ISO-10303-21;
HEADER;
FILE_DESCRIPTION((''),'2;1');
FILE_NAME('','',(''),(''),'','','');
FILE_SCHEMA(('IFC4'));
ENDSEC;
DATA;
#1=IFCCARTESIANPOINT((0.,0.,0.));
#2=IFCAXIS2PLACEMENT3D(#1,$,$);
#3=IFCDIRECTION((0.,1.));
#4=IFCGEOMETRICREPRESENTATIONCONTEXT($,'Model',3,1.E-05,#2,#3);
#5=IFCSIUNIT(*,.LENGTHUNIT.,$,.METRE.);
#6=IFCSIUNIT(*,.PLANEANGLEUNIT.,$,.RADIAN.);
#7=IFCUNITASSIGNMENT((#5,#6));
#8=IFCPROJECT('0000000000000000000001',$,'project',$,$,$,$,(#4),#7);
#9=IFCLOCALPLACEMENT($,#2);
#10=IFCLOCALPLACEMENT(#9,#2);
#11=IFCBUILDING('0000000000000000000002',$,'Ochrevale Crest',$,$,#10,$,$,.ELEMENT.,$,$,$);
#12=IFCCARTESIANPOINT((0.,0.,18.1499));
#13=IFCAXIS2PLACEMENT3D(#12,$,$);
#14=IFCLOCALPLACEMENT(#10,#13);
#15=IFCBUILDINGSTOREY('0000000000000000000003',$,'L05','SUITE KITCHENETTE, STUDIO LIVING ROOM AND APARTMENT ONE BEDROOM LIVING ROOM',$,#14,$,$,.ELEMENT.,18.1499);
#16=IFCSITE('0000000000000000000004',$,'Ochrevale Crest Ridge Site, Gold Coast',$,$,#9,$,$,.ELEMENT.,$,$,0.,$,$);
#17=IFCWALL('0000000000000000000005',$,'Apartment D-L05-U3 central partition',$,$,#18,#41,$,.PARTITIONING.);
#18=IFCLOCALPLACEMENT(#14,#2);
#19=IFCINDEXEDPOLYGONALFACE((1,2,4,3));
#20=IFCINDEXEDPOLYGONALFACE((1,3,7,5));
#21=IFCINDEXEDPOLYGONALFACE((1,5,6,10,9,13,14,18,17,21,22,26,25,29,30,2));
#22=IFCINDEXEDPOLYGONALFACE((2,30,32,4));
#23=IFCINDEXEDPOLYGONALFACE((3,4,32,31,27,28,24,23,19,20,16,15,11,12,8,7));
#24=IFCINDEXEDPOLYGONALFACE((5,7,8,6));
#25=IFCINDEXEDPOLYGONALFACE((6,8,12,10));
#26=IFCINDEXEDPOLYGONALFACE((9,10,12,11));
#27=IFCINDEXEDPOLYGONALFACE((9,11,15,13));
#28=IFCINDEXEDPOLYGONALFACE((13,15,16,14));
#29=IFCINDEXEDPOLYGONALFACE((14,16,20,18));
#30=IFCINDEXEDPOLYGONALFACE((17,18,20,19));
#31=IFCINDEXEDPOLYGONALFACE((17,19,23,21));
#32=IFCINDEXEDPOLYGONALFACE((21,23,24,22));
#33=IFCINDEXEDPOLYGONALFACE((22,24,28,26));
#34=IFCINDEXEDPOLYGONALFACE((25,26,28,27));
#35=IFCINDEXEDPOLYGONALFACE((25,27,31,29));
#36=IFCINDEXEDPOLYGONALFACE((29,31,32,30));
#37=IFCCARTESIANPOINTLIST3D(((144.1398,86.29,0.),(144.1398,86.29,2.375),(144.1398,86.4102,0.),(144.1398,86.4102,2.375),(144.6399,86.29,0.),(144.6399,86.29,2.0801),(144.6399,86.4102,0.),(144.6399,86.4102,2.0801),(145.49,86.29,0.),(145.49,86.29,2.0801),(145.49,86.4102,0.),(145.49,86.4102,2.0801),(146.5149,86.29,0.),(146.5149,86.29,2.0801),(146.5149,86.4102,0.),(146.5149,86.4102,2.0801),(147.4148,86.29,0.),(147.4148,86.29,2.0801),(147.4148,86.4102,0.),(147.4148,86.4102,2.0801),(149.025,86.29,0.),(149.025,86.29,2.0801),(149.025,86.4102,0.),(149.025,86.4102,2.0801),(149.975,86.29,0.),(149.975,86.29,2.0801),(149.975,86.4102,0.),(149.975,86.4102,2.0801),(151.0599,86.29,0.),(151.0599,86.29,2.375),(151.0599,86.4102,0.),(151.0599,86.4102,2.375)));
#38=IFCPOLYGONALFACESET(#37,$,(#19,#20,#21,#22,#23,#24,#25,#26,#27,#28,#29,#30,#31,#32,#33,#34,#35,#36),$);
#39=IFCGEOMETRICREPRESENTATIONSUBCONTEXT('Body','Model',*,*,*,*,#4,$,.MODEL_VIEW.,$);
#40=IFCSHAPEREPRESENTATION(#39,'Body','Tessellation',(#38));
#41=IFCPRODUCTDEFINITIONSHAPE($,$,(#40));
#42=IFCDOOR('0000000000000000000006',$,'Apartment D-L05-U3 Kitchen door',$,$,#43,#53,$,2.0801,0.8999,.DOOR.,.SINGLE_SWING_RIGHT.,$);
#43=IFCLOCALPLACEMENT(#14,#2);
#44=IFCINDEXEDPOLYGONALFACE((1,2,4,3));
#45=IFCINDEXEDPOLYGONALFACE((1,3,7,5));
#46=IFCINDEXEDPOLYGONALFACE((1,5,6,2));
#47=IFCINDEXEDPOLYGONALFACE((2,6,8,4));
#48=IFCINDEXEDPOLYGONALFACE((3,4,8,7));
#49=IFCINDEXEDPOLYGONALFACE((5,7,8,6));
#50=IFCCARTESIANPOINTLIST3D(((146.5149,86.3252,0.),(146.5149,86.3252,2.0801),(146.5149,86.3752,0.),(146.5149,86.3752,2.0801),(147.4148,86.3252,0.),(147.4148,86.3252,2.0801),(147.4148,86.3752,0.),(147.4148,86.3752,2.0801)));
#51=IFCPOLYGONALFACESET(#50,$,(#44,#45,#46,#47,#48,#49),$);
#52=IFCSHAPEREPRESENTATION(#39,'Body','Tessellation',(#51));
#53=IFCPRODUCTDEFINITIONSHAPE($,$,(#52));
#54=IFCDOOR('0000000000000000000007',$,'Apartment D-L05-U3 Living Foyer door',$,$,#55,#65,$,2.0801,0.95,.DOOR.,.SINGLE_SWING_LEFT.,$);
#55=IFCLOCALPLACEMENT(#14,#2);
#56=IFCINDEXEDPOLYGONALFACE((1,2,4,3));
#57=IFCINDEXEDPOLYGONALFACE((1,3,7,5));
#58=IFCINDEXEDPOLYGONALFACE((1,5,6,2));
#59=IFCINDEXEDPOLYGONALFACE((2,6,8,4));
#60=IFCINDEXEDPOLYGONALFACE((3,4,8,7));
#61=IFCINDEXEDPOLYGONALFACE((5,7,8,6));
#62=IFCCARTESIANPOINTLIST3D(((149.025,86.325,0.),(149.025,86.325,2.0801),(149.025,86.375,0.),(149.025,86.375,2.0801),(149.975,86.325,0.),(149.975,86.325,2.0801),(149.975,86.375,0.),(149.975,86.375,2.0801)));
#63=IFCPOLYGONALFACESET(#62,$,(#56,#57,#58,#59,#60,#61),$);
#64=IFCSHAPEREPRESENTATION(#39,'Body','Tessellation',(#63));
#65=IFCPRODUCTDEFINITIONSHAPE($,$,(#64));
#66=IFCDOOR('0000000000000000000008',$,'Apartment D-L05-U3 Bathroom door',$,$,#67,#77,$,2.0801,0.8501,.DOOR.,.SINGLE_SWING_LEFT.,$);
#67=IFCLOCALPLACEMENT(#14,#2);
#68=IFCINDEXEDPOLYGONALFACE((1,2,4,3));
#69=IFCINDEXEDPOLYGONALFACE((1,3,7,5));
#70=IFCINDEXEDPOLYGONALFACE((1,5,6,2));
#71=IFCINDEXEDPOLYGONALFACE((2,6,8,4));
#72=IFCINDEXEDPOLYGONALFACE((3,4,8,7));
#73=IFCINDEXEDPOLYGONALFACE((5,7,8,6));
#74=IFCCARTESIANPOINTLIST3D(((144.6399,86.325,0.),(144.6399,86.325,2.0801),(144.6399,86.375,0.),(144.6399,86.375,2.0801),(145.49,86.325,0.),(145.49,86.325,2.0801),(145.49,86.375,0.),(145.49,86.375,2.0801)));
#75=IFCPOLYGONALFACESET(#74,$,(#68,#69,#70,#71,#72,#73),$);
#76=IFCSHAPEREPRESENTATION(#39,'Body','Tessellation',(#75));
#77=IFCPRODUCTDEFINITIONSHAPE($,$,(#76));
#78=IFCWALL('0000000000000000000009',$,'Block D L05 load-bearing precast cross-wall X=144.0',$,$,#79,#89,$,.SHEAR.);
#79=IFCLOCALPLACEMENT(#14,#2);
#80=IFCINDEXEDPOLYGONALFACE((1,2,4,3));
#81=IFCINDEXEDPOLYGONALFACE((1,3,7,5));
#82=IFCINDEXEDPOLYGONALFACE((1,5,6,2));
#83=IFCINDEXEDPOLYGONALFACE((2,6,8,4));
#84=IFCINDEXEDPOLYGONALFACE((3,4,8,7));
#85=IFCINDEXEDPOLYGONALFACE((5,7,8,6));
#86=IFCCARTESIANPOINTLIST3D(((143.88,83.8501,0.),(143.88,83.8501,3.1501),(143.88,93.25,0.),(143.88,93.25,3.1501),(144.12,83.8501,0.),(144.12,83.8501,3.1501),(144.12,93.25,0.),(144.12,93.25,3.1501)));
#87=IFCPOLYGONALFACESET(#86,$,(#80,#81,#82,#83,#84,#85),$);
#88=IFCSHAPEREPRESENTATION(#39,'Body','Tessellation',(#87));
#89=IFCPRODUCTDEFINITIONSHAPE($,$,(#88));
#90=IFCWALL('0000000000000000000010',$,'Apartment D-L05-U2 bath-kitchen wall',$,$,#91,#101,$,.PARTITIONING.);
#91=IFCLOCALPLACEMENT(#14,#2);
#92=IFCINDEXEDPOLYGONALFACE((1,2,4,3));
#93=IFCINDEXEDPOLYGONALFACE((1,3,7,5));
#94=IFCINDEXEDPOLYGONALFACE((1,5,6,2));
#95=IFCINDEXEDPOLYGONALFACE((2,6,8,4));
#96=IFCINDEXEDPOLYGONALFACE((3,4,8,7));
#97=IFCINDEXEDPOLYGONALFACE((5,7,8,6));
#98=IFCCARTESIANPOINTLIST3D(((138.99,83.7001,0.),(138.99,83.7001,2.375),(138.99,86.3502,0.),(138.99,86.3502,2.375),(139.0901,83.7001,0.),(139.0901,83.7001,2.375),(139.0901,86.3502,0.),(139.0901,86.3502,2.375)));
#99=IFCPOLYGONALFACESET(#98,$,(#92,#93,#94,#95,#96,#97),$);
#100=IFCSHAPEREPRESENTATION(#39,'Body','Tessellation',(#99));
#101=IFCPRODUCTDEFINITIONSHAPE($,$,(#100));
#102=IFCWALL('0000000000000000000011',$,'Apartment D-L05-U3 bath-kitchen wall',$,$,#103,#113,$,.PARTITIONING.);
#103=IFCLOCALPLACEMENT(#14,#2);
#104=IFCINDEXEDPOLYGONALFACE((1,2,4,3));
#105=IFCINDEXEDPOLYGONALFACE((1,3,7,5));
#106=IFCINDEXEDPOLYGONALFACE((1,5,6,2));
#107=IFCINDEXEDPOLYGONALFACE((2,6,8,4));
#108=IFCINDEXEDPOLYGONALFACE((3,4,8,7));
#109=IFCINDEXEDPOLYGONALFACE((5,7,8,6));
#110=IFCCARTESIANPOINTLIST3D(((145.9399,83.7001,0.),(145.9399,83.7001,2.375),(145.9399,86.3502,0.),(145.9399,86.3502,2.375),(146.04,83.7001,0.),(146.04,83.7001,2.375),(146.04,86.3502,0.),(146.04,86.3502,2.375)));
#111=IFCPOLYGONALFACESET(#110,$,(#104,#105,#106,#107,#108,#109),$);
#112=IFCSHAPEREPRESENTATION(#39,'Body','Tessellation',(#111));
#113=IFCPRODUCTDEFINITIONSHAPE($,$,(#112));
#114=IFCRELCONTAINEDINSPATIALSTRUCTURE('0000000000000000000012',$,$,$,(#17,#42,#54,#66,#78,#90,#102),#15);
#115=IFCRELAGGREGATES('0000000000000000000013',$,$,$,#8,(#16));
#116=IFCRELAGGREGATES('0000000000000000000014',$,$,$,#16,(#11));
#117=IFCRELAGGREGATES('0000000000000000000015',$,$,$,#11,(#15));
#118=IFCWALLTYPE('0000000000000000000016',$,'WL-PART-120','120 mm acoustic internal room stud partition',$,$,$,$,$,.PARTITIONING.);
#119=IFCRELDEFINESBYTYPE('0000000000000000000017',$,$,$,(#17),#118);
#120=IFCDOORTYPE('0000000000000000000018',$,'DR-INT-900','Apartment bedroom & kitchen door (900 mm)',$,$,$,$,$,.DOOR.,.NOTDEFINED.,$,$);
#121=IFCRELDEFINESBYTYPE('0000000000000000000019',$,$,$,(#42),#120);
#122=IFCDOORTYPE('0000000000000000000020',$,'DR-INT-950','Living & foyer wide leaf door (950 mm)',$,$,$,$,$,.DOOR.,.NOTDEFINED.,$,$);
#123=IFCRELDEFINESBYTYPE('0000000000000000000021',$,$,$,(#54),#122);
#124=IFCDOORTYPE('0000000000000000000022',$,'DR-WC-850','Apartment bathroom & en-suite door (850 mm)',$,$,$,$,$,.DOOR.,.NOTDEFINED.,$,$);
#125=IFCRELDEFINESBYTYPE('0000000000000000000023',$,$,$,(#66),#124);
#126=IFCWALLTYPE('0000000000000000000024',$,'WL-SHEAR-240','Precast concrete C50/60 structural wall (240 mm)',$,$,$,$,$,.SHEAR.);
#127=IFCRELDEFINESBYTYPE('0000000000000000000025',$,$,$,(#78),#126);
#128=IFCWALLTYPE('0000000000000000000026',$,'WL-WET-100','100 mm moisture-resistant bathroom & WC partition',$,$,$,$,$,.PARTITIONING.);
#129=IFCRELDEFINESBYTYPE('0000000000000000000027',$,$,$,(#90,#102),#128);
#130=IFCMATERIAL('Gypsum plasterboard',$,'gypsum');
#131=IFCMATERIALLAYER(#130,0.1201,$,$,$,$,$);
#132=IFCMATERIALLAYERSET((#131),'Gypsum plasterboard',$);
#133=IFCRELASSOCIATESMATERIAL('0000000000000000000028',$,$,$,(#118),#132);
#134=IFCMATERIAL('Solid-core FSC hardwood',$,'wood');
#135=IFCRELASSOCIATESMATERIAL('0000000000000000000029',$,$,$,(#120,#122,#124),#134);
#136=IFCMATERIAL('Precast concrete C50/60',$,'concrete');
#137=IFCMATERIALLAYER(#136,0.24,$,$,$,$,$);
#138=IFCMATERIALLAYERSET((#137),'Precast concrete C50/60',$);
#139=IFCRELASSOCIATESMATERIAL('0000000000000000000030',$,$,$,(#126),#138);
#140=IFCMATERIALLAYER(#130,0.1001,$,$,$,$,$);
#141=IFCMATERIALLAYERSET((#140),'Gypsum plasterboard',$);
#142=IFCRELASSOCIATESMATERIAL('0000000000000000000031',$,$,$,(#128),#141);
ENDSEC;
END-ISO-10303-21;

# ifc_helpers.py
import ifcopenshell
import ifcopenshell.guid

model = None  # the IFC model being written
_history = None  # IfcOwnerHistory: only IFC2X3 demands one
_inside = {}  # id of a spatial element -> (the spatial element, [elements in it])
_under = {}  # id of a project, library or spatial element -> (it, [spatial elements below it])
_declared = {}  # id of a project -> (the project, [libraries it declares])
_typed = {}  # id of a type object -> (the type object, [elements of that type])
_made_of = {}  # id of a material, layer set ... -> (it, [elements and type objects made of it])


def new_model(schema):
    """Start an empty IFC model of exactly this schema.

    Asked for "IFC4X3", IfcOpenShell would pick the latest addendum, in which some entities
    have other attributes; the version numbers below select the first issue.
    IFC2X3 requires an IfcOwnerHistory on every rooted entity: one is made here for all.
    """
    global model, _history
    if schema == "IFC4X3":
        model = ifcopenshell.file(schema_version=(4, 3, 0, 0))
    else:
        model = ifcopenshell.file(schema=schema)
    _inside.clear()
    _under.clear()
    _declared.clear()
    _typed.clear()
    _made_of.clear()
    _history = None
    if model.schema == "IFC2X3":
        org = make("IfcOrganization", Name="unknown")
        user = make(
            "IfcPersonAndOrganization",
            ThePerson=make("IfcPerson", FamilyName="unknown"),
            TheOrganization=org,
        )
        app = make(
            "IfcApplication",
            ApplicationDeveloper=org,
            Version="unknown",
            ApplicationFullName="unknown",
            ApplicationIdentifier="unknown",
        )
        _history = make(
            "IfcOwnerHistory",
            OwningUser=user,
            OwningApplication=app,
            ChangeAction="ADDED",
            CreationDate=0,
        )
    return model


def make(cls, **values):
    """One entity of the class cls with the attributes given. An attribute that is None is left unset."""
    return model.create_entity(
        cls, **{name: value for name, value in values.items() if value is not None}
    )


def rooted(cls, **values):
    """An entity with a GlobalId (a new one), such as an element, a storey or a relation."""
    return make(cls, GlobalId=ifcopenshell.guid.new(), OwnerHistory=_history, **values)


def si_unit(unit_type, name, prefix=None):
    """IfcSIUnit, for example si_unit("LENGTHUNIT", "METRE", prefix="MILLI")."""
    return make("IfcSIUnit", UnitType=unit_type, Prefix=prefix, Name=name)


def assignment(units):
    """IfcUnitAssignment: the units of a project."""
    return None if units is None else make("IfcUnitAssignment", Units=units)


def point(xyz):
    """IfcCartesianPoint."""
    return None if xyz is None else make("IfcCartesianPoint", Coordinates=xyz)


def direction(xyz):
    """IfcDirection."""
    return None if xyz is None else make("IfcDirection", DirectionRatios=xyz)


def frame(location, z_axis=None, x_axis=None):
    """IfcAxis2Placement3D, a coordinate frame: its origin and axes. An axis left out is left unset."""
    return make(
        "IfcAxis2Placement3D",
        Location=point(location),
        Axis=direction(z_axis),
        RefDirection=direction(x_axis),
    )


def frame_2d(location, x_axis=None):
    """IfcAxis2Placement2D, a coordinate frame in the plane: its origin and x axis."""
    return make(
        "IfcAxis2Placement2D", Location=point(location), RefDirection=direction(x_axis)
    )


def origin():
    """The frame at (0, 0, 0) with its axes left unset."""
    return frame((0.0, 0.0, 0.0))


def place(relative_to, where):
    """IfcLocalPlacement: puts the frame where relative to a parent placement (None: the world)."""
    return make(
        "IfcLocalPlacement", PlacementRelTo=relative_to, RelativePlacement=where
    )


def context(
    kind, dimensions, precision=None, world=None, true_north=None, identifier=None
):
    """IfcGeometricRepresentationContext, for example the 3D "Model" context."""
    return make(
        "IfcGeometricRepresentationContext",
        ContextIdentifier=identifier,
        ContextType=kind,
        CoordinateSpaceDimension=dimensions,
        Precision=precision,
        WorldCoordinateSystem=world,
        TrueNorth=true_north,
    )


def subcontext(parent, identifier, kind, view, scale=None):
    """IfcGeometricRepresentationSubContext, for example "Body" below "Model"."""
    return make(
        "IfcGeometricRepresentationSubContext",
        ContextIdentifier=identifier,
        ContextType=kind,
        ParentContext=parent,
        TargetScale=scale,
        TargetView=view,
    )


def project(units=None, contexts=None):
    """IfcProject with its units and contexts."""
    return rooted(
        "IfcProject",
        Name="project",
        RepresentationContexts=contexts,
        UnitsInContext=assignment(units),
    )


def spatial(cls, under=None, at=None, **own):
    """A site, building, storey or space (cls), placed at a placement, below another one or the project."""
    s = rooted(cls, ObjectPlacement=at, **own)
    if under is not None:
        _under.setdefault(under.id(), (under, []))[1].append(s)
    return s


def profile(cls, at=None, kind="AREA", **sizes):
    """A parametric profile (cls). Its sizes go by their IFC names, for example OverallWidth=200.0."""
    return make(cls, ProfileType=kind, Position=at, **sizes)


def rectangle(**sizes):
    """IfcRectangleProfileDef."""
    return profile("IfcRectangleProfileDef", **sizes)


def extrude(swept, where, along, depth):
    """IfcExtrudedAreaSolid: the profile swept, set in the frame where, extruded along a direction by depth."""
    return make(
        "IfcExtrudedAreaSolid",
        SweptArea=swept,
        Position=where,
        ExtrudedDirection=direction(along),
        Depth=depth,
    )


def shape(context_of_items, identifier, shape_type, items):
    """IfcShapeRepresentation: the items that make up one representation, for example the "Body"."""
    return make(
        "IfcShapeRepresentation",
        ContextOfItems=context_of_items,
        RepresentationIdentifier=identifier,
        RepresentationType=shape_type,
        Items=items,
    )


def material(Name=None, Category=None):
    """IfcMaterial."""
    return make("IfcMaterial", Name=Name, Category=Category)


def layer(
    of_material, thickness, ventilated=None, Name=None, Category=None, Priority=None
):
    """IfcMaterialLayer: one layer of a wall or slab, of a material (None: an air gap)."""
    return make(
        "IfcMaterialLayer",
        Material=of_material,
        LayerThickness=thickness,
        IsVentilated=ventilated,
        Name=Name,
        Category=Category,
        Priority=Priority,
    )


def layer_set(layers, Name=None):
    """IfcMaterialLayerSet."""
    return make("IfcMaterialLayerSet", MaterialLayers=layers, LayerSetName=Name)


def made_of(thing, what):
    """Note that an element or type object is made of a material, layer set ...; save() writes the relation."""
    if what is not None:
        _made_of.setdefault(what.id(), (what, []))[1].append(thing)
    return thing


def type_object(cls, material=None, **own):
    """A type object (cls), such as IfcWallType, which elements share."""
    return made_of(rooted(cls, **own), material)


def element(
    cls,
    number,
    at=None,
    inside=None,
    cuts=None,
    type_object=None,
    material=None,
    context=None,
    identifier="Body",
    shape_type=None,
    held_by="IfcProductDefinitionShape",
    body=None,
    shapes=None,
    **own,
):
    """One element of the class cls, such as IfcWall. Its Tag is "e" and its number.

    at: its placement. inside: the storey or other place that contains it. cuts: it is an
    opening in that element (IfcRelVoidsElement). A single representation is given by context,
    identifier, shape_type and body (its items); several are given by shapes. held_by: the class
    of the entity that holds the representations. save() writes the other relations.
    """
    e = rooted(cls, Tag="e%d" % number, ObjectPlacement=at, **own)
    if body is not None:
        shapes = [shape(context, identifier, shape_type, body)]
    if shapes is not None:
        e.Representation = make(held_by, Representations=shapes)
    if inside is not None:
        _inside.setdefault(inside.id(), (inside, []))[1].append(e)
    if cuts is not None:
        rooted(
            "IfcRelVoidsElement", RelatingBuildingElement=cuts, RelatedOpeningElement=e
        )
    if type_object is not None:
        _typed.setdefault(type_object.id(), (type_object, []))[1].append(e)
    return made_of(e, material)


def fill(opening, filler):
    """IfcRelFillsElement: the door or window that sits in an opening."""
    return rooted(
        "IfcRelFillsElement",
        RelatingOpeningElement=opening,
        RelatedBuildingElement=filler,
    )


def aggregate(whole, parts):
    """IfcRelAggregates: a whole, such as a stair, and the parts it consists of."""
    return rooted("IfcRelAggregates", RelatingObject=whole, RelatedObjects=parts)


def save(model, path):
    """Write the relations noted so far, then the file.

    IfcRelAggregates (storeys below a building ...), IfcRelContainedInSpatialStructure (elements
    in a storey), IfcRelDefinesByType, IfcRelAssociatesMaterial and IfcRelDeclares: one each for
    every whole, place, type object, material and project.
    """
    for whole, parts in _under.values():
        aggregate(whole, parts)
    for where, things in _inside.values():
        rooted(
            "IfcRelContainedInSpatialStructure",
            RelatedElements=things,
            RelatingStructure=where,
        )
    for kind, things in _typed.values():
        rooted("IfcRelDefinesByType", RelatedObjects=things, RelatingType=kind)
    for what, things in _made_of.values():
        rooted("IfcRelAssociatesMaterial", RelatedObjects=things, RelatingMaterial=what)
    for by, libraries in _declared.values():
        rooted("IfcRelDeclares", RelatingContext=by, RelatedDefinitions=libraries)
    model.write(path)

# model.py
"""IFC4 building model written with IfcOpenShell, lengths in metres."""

from ifc_helpers import new_model, si_unit, direction, frame, frame_2d, origin, place, context, subcontext, project, spatial, rectangle, extrude, material, layer, layer_set, type_object, element, fill, save


model = new_model("IFC4")

# Units and contexts
model_context = context("Model", 3, precision=1e-05, world=origin(), true_north=direction((0.0, 1.0)))
body_context = subcontext(model_context, "Body", "Model", "MODEL_VIEW")
ifc_project = project(units=[si_unit("LENGTHUNIT", "METRE"), si_unit("PLANEANGLEUNIT", "RADIAN")], contexts=[model_context])

# Site, building, storey
site_placement = place(None, origin())
site = spatial("IfcSite", under=ifc_project, at=site_placement, Name="Ochrevale Crest Ridge Site, Gold Coast", CompositionType="ELEMENT", RefElevation=0.0)
building_placement = place(site_placement, origin())
building = spatial("IfcBuilding", under=site, at=building_placement, Name="Ochrevale Crest", CompositionType="ELEMENT")
storey_placement = place(building_placement, frame((0.0, 0.0, 18.1499)))
storey = spatial("IfcBuildingStorey", under=building, at=storey_placement, Name="L05", Description="SUITE KITCHENETTE, STUDIO LIVING ROOM AND APARTMENT ONE BEDROOM LIVING ROOM", CompositionType="ELEMENT", Elevation=18.1499)

# Shared definitions
ifc_material_1 = material(Name="Precast concrete C50/60", Category="concrete")

# Shared definitions
ifc_material_2 = material(Name="Gypsum plasterboard", Category="gypsum")
ifc_material_3 = material(Name="Solid-core FSC hardwood", Category="wood")

# Shared definitions
ifc_layer_1 = layer(ifc_material_2, 0.1201)
ifc_layer_set_1 = layer_set([ifc_layer_1], Name="Gypsum plasterboard")
wall_type_1 = type_object("IfcWallType", Name="WL-PART-120", Description="120 mm acoustic internal room stud partition", PredefinedType="PARTITIONING", material=ifc_layer_set_1)

# Wall, openings, doors
wall_1_placement = place(storey_placement, frame((144.1399, 86.3501, 0.0), z_axis=(0.0, 0.0, 1.0), x_axis=(1.0, 0.0, 0.0)))
wall_1 = element("IfcWall", 1, at=wall_1_placement, inside=storey, type_object=wall_type_1, Name="Apartment D-L05-U3 central partition", PredefinedType="PARTITIONING", context=body_context, shape_type="SweptSolid", body=[
    extrude(rectangle(XDim=6.9202, YDim=0.1201, at=frame_2d((3.46, 0.0))), origin(), (0.0, 0.0, 1.0), 2.375),
])
opening_1_placement = place(wall_1_placement, frame((0.5, 0.0, 0.0)))
opening_1 = element("IfcOpeningElement", 2, at=opening_1_placement, cuts=wall_1, PredefinedType="OPENING", context=body_context, shape_type="SweptSolid", body=[
    extrude(rectangle(XDim=0.8501, YDim=2.0801, at=frame_2d((0.425, 1.04))), frame((0.0, 0.0701, 0.0), z_axis=(0.0, -1.0, 0.0), x_axis=(1.0, 0.0, 0.0)), (0.0, 0.0, 1.0), 0.1401),
])
opening_2_placement = place(wall_1_placement, frame((3.2749, 0.0, 0.0), z_axis=(0.0, 0.0, 1.0), x_axis=(-1.0, 0.0, 0.0)))
opening_2 = element("IfcOpeningElement", 3, at=opening_2_placement, cuts=wall_1, PredefinedType="OPENING", context=body_context, shape_type="SweptSolid", body=[
    extrude(rectangle(XDim=0.8999, YDim=2.0801, at=frame_2d((0.45, 1.04))), frame((0.0, 0.0701, 0.0), z_axis=(0.0, -1.0, 0.0), x_axis=(1.0, 0.0, 0.0)), (0.0, 0.0, 1.0), 0.1401),
])
opening_3_placement = place(wall_1_placement, frame((4.885, 0.0, 0.0)))
opening_3 = element("IfcOpeningElement", 4, at=opening_3_placement, cuts=wall_1, PredefinedType="OPENING", context=body_context, shape_type="SweptSolid", body=[
    extrude(rectangle(XDim=0.95, YDim=2.0801, at=frame_2d((0.4751, 1.04))), frame((0.0, 0.0701, 0.0), z_axis=(0.0, -1.0, 0.0), x_axis=(1.0, 0.0, 0.0)), (0.0, 0.0, 1.0), 0.1401),
])
door_type_1 = type_object("IfcDoorType", Name="DR-INT-900", Description="Apartment bedroom & kitchen door (900 mm)", OperationType="NOTDEFINED", PredefinedType="DOOR", material=ifc_material_3)
door_1_placement = place(opening_2_placement, origin())
door_1 = element("IfcDoor", 5, at=door_1_placement, inside=storey, type_object=door_type_1, Name="Apartment D-L05-U3 Kitchen door", OperationType="SINGLE_SWING_RIGHT", OverallHeight=2.0801, OverallWidth=0.8999, PredefinedType="DOOR", context=body_context, shape_type="SweptSolid", body=[
    extrude(rectangle(XDim=0.8999, YDim=2.0801, at=frame_2d((0.45, 1.04))), frame((0.0, 0.0249, 0.0), z_axis=(0.0, -1.0, 0.0), x_axis=(1.0, 0.0, 0.0)), (0.0, 0.0, 1.0), 0.05),
])
fill(opening_2, door_1)
door_type_2 = type_object("IfcDoorType", Name="DR-INT-950", Description="Living & foyer wide leaf door (950 mm)", OperationType="NOTDEFINED", PredefinedType="DOOR", material=ifc_material_3)
door_2_placement = place(opening_3_placement, origin())
door_2 = element("IfcDoor", 6, at=door_2_placement, inside=storey, type_object=door_type_2, Name="Apartment D-L05-U3 Living Foyer door", OperationType="SINGLE_SWING_LEFT", OverallHeight=2.0801, OverallWidth=0.95, PredefinedType="DOOR", context=body_context, shape_type="SweptSolid", body=[
    extrude(rectangle(XDim=0.95, YDim=2.0801, at=frame_2d((0.4751, 1.04))), frame((0.0, 0.0249, 0.0), z_axis=(0.0, -1.0, 0.0), x_axis=(1.0, 0.0, 0.0)), (0.0, 0.0, 1.0), 0.05),
])
fill(opening_3, door_2)
door_type_3 = type_object("IfcDoorType", Name="DR-WC-850", Description="Apartment bathroom & en-suite door (850 mm)", OperationType="NOTDEFINED", PredefinedType="DOOR", material=ifc_material_3)
door_3_placement = place(opening_1_placement, origin())
door_3 = element("IfcDoor", 7, at=door_3_placement, inside=storey, type_object=door_type_3, Name="Apartment D-L05-U3 Bathroom door", OperationType="SINGLE_SWING_LEFT", OverallHeight=2.0801, OverallWidth=0.8501, PredefinedType="DOOR", context=body_context, shape_type="SweptSolid", body=[
    extrude(rectangle(XDim=0.8501, YDim=2.0801, at=frame_2d((0.425, 1.04))), frame((0.0, 0.0249, 0.0), z_axis=(0.0, -1.0, 0.0), x_axis=(1.0, 0.0, 0.0)), (0.0, 0.0, 1.0), 0.05),
])
fill(opening_1, door_3)

# Walls
ifc_layer_2 = layer(ifc_material_1, 0.24)
ifc_layer_set_2 = layer_set([ifc_layer_2], Name="Precast concrete C50/60")
wall_type_2 = type_object("IfcWallType", Name="WL-SHEAR-240", Description="Precast concrete C50/60 structural wall (240 mm)", PredefinedType="SHEAR", material=ifc_layer_set_2)
wall_2_placement = place(storey_placement, frame((144.0, 83.8501, 0.0), z_axis=(0.0, 0.0, 1.0), x_axis=(0.0, 1.0, 0.0)))
element("IfcWall", 8, at=wall_2_placement, inside=storey, type_object=wall_type_2, Name="Block D L05 load-bearing precast cross-wall X=144.0", PredefinedType="SHEAR", context=body_context, shape_type="SweptSolid", body=[
    extrude(rectangle(XDim=9.3999, YDim=0.24, at=frame_2d((4.7, 0.0))), origin(), (0.0, 0.0, 1.0), 3.1501),
])
ifc_layer_3 = layer(ifc_material_2, 0.1001)
ifc_layer_set_3 = layer_set([ifc_layer_3], Name="Gypsum plasterboard")
wall_type_3 = type_object("IfcWallType", Name="WL-WET-100", Description="100 mm moisture-resistant bathroom & WC partition", PredefinedType="PARTITIONING", material=ifc_layer_set_3)
for number, where, z_axis, x_axis, name in (
    (9, (139.04, 83.7, 0.0), (0.0, 0.0, 1.0), (0.0, 1.0, 0.0), "Apartment D-L05-U2 bath-kitchen wall"),
    (10, (145.99, 83.7, 0.0), (0.0, 0.0, 1.0), (0.0, 1.0, 0.0), "Apartment D-L05-U3 bath-kitchen wall"),
):
    element("IfcWall", number, at=place(storey_placement, frame(where, z_axis=z_axis, x_axis=x_axis)), inside=storey, type_object=wall_type_3, Name=name, PredefinedType="PARTITIONING", context=body_context, shape_type="SweptSolid", body=[
        extrude(rectangle(XDim=2.6501, YDim=0.1001, at=frame_2d((1.3252, 0.0))), origin(), (0.0, 0.0, 1.0), 2.375),
    ])

save(model, "model.ifc")
